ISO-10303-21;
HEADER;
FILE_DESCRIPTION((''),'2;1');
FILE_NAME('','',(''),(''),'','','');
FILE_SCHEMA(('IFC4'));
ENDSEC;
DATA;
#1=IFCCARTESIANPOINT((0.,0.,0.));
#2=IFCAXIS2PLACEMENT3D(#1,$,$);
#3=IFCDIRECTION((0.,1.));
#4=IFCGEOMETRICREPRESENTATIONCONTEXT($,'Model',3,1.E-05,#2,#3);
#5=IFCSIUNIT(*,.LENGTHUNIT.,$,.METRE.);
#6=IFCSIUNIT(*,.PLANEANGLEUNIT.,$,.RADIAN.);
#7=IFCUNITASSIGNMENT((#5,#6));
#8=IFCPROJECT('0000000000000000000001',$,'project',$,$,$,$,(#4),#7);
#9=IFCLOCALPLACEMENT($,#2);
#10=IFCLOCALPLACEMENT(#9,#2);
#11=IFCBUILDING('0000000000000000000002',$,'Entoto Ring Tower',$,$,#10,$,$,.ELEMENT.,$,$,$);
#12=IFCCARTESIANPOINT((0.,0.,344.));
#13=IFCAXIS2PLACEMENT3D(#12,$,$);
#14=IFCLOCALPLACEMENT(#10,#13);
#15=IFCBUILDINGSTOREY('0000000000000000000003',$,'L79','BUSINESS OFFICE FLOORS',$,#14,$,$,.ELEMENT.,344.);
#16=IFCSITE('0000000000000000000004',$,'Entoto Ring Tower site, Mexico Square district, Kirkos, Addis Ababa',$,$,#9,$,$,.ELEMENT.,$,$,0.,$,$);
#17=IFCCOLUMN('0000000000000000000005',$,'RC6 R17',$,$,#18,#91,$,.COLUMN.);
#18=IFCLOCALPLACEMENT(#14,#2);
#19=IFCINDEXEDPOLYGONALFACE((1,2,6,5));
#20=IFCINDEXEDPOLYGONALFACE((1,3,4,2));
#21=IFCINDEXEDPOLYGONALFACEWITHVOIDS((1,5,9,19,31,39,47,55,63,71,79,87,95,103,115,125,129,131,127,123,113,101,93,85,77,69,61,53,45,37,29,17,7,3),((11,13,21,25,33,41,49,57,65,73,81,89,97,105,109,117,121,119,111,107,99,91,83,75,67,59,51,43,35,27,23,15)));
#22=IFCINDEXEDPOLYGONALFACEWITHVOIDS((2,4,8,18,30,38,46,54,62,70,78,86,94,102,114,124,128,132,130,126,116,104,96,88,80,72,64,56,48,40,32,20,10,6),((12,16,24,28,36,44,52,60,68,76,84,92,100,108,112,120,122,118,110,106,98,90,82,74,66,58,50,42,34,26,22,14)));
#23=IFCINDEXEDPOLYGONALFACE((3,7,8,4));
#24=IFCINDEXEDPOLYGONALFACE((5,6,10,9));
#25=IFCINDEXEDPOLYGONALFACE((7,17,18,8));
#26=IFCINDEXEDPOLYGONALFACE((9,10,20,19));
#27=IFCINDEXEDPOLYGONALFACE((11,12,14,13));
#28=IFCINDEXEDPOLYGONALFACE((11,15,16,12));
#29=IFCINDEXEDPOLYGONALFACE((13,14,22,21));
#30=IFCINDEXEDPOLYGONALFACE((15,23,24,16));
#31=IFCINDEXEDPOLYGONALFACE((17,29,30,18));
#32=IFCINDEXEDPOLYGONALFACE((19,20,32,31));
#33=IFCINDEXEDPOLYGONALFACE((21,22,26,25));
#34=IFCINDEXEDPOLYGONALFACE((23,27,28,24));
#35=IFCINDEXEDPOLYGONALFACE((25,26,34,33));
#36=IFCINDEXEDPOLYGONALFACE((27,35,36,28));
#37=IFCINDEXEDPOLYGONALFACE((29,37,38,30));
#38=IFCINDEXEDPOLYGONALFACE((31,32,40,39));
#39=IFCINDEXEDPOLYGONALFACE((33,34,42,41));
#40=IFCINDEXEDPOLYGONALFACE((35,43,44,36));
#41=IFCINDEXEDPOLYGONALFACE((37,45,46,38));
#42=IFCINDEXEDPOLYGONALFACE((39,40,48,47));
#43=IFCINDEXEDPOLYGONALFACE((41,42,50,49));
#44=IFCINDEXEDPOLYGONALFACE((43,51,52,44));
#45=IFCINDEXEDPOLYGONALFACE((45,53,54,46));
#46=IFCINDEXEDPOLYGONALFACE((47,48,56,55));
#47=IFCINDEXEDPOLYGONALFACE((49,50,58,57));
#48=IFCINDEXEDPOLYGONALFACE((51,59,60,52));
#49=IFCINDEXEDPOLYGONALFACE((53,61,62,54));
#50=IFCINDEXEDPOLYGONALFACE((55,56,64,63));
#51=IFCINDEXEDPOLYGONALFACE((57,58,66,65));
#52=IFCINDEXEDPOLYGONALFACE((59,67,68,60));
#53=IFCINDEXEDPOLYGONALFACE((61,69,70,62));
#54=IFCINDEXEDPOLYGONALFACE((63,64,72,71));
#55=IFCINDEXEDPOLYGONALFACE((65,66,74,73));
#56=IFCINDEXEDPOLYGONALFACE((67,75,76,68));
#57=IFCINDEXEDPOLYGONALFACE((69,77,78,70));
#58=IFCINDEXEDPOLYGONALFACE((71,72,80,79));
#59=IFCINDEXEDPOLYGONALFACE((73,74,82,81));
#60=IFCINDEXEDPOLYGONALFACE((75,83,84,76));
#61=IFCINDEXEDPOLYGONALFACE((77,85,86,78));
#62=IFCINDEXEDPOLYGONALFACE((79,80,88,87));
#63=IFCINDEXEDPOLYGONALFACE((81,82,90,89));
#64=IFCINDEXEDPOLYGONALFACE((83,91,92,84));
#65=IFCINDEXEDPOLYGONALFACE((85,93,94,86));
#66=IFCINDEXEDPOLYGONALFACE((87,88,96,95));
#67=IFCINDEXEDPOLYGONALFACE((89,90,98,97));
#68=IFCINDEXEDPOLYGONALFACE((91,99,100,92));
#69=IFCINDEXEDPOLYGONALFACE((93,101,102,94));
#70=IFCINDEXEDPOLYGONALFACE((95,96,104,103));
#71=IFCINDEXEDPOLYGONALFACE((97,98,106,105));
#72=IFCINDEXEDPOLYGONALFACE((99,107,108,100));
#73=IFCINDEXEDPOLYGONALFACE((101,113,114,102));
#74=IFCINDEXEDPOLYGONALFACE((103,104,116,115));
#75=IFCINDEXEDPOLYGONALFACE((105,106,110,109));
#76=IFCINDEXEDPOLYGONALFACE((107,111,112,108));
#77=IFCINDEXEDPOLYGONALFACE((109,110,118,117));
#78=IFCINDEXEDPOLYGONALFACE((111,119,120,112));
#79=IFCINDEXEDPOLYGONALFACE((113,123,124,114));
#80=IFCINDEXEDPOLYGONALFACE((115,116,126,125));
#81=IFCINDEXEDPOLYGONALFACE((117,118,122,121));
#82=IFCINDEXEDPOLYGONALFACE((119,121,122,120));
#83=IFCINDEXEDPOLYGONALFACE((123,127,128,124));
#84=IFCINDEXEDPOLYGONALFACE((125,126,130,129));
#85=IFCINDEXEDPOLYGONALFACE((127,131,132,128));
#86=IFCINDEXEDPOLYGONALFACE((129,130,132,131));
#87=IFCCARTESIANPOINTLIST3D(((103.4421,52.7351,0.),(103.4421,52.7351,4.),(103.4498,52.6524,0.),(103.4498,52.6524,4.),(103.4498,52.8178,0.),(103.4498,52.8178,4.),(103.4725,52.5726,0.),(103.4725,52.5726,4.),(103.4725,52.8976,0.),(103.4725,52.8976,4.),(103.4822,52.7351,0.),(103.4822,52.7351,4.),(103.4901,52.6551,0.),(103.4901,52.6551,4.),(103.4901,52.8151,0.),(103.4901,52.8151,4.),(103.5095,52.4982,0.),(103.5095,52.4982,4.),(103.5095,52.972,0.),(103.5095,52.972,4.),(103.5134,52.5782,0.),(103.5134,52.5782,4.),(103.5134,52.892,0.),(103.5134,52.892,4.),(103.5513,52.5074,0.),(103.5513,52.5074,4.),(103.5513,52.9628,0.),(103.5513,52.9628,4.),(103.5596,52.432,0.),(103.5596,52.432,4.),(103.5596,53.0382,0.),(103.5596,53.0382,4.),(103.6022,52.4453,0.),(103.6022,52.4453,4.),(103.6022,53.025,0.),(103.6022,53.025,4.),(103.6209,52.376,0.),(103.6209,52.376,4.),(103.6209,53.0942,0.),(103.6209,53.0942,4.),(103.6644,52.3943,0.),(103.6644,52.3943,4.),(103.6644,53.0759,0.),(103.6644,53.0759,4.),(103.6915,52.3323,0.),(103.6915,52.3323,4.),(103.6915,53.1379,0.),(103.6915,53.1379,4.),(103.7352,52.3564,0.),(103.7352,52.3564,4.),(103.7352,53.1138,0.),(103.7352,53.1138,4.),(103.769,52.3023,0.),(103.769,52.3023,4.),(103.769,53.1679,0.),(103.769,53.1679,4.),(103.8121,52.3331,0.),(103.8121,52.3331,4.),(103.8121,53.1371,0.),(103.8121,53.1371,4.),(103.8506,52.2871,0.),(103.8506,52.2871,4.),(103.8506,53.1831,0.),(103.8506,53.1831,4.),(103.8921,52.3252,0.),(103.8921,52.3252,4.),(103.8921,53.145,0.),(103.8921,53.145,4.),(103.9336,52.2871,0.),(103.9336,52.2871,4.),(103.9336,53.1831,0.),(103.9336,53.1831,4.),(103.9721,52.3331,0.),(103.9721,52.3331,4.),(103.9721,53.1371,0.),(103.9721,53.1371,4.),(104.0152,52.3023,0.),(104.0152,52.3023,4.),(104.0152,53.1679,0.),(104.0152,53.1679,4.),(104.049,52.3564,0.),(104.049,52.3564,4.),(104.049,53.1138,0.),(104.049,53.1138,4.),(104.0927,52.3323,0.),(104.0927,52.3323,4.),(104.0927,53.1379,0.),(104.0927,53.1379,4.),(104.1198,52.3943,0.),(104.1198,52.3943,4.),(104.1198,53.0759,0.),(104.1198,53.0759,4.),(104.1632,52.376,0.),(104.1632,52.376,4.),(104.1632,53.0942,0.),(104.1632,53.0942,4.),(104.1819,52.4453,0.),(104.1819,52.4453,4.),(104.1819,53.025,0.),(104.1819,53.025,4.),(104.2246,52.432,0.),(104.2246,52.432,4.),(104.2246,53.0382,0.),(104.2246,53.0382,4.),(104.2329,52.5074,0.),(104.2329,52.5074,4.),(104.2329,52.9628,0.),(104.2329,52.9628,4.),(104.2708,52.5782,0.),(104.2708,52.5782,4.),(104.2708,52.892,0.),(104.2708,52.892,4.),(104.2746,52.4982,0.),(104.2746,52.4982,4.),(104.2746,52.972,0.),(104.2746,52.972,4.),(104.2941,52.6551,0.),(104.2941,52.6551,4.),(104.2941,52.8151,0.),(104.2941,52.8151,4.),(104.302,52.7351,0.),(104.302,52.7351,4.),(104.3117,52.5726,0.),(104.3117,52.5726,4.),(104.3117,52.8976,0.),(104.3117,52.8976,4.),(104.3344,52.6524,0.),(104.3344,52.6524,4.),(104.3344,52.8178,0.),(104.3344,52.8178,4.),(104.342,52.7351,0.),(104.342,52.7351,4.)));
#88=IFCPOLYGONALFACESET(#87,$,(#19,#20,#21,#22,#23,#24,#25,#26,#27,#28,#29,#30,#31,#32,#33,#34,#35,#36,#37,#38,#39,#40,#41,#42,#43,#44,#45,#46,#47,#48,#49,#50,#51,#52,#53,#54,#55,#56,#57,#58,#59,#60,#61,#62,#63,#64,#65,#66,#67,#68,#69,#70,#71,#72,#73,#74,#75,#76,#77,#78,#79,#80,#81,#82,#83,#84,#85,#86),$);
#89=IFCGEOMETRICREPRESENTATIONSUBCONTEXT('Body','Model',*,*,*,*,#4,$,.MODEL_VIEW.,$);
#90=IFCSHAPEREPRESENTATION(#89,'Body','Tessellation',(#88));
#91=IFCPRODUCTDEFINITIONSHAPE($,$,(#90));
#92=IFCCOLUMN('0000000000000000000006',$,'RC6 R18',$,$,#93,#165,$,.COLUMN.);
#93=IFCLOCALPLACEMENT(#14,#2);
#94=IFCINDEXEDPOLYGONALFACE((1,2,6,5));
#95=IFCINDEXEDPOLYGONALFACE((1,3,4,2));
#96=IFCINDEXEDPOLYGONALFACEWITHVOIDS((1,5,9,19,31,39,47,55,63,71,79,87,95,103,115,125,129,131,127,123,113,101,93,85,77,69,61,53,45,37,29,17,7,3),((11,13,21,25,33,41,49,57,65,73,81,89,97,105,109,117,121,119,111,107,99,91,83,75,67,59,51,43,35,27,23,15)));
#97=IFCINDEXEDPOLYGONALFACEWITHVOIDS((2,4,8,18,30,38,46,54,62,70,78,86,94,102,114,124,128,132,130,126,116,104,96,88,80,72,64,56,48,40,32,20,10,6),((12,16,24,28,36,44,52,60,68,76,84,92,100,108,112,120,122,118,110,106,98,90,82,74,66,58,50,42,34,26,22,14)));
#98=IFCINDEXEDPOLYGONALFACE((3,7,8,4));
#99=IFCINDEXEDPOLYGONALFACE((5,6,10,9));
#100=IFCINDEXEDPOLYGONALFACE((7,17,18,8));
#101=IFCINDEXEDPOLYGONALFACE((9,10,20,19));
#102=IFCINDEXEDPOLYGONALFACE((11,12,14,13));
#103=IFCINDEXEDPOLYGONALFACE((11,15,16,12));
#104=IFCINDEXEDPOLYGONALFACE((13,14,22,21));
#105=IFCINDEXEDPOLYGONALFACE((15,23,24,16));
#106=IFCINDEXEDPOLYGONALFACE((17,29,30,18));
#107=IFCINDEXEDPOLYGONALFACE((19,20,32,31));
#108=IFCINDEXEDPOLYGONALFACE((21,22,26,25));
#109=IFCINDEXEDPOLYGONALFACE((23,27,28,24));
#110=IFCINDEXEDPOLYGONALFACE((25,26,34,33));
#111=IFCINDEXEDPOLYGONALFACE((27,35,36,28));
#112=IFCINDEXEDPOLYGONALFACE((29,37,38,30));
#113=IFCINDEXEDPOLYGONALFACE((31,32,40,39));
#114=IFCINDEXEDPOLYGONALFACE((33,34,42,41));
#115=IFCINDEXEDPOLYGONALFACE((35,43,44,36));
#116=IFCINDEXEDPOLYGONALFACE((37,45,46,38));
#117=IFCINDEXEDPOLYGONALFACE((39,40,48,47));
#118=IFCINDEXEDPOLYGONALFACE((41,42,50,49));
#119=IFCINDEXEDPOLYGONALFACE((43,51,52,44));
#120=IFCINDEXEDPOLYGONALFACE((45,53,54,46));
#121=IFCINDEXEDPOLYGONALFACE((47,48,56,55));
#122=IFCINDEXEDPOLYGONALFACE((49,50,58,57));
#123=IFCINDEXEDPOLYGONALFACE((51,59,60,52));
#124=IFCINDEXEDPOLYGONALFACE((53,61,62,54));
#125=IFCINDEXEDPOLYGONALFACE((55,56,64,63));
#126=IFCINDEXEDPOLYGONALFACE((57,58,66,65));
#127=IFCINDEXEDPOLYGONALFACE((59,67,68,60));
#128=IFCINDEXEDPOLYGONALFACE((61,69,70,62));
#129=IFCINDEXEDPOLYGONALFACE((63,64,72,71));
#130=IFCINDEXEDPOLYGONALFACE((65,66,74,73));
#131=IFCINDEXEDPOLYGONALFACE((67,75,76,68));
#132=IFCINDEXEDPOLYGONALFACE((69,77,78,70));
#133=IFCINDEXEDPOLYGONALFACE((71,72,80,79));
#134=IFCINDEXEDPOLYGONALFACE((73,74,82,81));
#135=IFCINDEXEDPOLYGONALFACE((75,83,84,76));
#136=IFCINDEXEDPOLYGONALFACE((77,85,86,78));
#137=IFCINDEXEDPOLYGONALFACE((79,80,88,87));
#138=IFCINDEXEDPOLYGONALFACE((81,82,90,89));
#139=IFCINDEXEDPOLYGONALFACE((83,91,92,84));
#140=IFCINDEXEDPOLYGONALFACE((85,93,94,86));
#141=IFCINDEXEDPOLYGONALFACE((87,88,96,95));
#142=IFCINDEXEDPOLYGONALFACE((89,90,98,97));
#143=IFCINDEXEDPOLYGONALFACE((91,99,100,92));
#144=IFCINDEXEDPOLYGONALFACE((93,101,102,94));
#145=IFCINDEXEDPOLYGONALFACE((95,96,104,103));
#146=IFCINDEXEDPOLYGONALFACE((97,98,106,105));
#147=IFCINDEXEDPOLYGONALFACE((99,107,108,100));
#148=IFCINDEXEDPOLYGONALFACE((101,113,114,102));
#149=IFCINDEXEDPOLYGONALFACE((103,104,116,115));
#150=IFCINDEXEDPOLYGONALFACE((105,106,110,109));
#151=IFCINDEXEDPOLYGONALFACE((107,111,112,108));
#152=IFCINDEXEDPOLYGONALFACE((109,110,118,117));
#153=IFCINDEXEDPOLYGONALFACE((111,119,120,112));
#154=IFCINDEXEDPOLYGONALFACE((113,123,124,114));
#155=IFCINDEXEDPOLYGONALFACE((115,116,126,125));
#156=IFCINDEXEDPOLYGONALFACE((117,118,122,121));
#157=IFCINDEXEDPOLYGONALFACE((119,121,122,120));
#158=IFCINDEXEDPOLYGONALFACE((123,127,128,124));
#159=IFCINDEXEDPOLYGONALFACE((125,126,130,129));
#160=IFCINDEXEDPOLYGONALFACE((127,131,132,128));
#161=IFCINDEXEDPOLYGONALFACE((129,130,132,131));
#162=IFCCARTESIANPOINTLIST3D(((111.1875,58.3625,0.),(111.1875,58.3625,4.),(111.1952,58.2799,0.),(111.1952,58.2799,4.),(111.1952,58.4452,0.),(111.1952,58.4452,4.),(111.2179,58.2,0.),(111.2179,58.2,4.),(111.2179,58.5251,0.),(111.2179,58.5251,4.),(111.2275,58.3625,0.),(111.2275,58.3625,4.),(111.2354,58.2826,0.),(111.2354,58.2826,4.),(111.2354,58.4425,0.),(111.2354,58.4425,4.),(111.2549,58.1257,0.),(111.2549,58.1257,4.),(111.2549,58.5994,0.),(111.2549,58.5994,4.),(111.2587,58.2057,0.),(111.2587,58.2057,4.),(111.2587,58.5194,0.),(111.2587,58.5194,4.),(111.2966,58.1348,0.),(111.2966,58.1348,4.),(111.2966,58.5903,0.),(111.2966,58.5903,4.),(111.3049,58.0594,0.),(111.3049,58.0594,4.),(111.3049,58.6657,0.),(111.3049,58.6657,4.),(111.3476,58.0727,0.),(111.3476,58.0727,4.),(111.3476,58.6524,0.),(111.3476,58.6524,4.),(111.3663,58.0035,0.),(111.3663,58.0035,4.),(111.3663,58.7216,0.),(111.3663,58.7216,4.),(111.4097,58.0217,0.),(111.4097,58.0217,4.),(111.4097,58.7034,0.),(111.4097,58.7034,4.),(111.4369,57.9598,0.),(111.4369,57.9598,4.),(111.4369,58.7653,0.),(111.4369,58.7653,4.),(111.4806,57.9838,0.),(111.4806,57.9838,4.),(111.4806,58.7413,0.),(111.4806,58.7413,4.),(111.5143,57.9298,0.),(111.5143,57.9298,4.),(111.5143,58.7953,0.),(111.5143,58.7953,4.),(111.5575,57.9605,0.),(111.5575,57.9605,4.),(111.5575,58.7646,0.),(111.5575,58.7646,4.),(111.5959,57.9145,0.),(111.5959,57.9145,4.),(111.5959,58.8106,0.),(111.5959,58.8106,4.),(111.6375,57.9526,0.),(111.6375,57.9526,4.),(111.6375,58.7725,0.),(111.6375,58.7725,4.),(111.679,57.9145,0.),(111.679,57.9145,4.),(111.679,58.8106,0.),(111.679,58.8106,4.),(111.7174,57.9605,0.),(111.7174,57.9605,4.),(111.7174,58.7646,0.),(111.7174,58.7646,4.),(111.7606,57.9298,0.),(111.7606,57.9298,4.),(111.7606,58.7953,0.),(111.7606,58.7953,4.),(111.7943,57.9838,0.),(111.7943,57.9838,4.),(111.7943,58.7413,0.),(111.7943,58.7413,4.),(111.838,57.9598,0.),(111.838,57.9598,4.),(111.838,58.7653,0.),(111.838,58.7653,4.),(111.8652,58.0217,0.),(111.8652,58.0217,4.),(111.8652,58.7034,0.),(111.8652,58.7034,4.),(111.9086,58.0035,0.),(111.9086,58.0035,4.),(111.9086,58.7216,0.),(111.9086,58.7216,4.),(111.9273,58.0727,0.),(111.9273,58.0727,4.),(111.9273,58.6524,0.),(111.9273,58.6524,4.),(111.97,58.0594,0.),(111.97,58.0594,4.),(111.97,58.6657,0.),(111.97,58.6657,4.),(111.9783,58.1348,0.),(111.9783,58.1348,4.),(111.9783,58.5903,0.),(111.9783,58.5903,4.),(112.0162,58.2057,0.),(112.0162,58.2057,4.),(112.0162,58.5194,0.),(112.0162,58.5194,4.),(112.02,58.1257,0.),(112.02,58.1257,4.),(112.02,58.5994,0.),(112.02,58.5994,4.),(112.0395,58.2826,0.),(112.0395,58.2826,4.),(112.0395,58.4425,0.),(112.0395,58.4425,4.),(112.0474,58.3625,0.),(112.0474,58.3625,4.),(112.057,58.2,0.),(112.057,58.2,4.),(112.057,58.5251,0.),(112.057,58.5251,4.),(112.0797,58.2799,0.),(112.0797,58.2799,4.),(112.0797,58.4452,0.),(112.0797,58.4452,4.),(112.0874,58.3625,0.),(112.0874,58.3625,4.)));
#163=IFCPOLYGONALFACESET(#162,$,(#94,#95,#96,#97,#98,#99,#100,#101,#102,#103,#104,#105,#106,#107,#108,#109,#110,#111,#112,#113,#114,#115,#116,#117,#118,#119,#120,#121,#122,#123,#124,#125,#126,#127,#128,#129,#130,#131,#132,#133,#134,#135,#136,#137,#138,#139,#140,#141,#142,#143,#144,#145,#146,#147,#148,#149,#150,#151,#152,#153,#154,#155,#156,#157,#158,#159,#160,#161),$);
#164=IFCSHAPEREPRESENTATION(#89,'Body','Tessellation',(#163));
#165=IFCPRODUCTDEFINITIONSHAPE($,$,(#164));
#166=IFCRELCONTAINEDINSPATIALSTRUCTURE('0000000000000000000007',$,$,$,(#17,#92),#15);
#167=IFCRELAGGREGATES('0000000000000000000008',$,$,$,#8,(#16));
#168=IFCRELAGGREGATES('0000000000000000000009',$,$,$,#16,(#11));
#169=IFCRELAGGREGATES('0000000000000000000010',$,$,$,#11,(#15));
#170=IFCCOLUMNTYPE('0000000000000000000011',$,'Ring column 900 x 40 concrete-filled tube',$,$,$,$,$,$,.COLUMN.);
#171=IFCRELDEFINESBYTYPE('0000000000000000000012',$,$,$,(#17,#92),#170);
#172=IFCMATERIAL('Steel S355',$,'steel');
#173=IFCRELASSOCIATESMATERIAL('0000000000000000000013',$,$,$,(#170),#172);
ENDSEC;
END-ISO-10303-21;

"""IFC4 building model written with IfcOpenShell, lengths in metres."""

from ifc_helpers import new_model, si_unit, direction, frame, origin, origin_2d, place, context, subcontext, project, spatial, circle, hollow_circle, extrude, material, material_profile, profile_set, type_object, element, save


model = new_model("IFC4")

# Units and contexts
model_context = context("Model", 3, precision=1e-05, world=origin(), true_north=direction((0.0, 1.0)))
body_context = subcontext(model_context, "Body", "Model", "MODEL_VIEW")
ifc_project = project(units=[si_unit("LENGTHUNIT", "METRE"), si_unit("PLANEANGLEUNIT", "RADIAN")], contexts=[model_context])

# Site, building, storey
site_placement = place(None, origin())
site = spatial("IfcSite", under=ifc_project, at=site_placement, Name="Entoto Ring Tower site, Mexico Square district, Kirkos, Addis Ababa", CompositionType="ELEMENT", RefElevation=0.0)
building_placement = place(site_placement, origin())
building = spatial("IfcBuilding", under=site, at=building_placement, Name="Entoto Ring Tower", CompositionType="ELEMENT")
storey_placement = place(building_placement, frame((0.0, 0.0, 344.0)))
storey = spatial("IfcBuildingStorey", under=building, at=storey_placement, Name="L79", Description="BUSINESS OFFICE FLOORS", CompositionType="ELEMENT", Elevation=344.0)

# Columns
ifc_material_1 = material(Name="Steel S355", Category="steel")
ifc_material_profile_1 = material_profile(ifc_material_1, hollow_circle(Radius=0.45, WallThickness=0.04, at=origin_2d()), Name="CHS 900 x 40")
ifc_material_2 = material(Name="Concrete C60/75", Category="concrete")
ifc_material_profile_2 = material_profile(ifc_material_2, circle(Radius=0.4099, at=origin_2d()), Name="Concrete C60/75 infill")
ifc_profile_set_1 = profile_set([ifc_material_profile_1, ifc_material_profile_2], Name="Steel S355")
column_type = type_object("IfcColumnType", Name="Ring column 900 x 40 concrete-filled tube", PredefinedType="COLUMN", material=ifc_profile_set_1)
for number, where, z_axis, x_axis, name in (
    (1, (103.8921, 52.7351, 0.0), (0.0, 0.0, 1.0), (1.0, 0.0, 0.0), "RC6 R17"),
    (2, (111.6375, 58.3625, 0.0), (0.0, 0.0, 1.0), (1.0, 0.0, 0.0), "RC6 R18"),
):
    element("IfcColumn", number, at=place(storey_placement, frame(where, z_axis=z_axis, x_axis=x_axis)), inside=storey, type_object=column_type, Name=name, PredefinedType="COLUMN", context=body_context, shape_type="SweptSolid", body=[
        extrude(hollow_circle(Radius=0.45, WallThickness=0.04, at=origin_2d()), origin(), (0.0, 0.0, 1.0), 4.0),
    ])

save(model, "model.ifc")
